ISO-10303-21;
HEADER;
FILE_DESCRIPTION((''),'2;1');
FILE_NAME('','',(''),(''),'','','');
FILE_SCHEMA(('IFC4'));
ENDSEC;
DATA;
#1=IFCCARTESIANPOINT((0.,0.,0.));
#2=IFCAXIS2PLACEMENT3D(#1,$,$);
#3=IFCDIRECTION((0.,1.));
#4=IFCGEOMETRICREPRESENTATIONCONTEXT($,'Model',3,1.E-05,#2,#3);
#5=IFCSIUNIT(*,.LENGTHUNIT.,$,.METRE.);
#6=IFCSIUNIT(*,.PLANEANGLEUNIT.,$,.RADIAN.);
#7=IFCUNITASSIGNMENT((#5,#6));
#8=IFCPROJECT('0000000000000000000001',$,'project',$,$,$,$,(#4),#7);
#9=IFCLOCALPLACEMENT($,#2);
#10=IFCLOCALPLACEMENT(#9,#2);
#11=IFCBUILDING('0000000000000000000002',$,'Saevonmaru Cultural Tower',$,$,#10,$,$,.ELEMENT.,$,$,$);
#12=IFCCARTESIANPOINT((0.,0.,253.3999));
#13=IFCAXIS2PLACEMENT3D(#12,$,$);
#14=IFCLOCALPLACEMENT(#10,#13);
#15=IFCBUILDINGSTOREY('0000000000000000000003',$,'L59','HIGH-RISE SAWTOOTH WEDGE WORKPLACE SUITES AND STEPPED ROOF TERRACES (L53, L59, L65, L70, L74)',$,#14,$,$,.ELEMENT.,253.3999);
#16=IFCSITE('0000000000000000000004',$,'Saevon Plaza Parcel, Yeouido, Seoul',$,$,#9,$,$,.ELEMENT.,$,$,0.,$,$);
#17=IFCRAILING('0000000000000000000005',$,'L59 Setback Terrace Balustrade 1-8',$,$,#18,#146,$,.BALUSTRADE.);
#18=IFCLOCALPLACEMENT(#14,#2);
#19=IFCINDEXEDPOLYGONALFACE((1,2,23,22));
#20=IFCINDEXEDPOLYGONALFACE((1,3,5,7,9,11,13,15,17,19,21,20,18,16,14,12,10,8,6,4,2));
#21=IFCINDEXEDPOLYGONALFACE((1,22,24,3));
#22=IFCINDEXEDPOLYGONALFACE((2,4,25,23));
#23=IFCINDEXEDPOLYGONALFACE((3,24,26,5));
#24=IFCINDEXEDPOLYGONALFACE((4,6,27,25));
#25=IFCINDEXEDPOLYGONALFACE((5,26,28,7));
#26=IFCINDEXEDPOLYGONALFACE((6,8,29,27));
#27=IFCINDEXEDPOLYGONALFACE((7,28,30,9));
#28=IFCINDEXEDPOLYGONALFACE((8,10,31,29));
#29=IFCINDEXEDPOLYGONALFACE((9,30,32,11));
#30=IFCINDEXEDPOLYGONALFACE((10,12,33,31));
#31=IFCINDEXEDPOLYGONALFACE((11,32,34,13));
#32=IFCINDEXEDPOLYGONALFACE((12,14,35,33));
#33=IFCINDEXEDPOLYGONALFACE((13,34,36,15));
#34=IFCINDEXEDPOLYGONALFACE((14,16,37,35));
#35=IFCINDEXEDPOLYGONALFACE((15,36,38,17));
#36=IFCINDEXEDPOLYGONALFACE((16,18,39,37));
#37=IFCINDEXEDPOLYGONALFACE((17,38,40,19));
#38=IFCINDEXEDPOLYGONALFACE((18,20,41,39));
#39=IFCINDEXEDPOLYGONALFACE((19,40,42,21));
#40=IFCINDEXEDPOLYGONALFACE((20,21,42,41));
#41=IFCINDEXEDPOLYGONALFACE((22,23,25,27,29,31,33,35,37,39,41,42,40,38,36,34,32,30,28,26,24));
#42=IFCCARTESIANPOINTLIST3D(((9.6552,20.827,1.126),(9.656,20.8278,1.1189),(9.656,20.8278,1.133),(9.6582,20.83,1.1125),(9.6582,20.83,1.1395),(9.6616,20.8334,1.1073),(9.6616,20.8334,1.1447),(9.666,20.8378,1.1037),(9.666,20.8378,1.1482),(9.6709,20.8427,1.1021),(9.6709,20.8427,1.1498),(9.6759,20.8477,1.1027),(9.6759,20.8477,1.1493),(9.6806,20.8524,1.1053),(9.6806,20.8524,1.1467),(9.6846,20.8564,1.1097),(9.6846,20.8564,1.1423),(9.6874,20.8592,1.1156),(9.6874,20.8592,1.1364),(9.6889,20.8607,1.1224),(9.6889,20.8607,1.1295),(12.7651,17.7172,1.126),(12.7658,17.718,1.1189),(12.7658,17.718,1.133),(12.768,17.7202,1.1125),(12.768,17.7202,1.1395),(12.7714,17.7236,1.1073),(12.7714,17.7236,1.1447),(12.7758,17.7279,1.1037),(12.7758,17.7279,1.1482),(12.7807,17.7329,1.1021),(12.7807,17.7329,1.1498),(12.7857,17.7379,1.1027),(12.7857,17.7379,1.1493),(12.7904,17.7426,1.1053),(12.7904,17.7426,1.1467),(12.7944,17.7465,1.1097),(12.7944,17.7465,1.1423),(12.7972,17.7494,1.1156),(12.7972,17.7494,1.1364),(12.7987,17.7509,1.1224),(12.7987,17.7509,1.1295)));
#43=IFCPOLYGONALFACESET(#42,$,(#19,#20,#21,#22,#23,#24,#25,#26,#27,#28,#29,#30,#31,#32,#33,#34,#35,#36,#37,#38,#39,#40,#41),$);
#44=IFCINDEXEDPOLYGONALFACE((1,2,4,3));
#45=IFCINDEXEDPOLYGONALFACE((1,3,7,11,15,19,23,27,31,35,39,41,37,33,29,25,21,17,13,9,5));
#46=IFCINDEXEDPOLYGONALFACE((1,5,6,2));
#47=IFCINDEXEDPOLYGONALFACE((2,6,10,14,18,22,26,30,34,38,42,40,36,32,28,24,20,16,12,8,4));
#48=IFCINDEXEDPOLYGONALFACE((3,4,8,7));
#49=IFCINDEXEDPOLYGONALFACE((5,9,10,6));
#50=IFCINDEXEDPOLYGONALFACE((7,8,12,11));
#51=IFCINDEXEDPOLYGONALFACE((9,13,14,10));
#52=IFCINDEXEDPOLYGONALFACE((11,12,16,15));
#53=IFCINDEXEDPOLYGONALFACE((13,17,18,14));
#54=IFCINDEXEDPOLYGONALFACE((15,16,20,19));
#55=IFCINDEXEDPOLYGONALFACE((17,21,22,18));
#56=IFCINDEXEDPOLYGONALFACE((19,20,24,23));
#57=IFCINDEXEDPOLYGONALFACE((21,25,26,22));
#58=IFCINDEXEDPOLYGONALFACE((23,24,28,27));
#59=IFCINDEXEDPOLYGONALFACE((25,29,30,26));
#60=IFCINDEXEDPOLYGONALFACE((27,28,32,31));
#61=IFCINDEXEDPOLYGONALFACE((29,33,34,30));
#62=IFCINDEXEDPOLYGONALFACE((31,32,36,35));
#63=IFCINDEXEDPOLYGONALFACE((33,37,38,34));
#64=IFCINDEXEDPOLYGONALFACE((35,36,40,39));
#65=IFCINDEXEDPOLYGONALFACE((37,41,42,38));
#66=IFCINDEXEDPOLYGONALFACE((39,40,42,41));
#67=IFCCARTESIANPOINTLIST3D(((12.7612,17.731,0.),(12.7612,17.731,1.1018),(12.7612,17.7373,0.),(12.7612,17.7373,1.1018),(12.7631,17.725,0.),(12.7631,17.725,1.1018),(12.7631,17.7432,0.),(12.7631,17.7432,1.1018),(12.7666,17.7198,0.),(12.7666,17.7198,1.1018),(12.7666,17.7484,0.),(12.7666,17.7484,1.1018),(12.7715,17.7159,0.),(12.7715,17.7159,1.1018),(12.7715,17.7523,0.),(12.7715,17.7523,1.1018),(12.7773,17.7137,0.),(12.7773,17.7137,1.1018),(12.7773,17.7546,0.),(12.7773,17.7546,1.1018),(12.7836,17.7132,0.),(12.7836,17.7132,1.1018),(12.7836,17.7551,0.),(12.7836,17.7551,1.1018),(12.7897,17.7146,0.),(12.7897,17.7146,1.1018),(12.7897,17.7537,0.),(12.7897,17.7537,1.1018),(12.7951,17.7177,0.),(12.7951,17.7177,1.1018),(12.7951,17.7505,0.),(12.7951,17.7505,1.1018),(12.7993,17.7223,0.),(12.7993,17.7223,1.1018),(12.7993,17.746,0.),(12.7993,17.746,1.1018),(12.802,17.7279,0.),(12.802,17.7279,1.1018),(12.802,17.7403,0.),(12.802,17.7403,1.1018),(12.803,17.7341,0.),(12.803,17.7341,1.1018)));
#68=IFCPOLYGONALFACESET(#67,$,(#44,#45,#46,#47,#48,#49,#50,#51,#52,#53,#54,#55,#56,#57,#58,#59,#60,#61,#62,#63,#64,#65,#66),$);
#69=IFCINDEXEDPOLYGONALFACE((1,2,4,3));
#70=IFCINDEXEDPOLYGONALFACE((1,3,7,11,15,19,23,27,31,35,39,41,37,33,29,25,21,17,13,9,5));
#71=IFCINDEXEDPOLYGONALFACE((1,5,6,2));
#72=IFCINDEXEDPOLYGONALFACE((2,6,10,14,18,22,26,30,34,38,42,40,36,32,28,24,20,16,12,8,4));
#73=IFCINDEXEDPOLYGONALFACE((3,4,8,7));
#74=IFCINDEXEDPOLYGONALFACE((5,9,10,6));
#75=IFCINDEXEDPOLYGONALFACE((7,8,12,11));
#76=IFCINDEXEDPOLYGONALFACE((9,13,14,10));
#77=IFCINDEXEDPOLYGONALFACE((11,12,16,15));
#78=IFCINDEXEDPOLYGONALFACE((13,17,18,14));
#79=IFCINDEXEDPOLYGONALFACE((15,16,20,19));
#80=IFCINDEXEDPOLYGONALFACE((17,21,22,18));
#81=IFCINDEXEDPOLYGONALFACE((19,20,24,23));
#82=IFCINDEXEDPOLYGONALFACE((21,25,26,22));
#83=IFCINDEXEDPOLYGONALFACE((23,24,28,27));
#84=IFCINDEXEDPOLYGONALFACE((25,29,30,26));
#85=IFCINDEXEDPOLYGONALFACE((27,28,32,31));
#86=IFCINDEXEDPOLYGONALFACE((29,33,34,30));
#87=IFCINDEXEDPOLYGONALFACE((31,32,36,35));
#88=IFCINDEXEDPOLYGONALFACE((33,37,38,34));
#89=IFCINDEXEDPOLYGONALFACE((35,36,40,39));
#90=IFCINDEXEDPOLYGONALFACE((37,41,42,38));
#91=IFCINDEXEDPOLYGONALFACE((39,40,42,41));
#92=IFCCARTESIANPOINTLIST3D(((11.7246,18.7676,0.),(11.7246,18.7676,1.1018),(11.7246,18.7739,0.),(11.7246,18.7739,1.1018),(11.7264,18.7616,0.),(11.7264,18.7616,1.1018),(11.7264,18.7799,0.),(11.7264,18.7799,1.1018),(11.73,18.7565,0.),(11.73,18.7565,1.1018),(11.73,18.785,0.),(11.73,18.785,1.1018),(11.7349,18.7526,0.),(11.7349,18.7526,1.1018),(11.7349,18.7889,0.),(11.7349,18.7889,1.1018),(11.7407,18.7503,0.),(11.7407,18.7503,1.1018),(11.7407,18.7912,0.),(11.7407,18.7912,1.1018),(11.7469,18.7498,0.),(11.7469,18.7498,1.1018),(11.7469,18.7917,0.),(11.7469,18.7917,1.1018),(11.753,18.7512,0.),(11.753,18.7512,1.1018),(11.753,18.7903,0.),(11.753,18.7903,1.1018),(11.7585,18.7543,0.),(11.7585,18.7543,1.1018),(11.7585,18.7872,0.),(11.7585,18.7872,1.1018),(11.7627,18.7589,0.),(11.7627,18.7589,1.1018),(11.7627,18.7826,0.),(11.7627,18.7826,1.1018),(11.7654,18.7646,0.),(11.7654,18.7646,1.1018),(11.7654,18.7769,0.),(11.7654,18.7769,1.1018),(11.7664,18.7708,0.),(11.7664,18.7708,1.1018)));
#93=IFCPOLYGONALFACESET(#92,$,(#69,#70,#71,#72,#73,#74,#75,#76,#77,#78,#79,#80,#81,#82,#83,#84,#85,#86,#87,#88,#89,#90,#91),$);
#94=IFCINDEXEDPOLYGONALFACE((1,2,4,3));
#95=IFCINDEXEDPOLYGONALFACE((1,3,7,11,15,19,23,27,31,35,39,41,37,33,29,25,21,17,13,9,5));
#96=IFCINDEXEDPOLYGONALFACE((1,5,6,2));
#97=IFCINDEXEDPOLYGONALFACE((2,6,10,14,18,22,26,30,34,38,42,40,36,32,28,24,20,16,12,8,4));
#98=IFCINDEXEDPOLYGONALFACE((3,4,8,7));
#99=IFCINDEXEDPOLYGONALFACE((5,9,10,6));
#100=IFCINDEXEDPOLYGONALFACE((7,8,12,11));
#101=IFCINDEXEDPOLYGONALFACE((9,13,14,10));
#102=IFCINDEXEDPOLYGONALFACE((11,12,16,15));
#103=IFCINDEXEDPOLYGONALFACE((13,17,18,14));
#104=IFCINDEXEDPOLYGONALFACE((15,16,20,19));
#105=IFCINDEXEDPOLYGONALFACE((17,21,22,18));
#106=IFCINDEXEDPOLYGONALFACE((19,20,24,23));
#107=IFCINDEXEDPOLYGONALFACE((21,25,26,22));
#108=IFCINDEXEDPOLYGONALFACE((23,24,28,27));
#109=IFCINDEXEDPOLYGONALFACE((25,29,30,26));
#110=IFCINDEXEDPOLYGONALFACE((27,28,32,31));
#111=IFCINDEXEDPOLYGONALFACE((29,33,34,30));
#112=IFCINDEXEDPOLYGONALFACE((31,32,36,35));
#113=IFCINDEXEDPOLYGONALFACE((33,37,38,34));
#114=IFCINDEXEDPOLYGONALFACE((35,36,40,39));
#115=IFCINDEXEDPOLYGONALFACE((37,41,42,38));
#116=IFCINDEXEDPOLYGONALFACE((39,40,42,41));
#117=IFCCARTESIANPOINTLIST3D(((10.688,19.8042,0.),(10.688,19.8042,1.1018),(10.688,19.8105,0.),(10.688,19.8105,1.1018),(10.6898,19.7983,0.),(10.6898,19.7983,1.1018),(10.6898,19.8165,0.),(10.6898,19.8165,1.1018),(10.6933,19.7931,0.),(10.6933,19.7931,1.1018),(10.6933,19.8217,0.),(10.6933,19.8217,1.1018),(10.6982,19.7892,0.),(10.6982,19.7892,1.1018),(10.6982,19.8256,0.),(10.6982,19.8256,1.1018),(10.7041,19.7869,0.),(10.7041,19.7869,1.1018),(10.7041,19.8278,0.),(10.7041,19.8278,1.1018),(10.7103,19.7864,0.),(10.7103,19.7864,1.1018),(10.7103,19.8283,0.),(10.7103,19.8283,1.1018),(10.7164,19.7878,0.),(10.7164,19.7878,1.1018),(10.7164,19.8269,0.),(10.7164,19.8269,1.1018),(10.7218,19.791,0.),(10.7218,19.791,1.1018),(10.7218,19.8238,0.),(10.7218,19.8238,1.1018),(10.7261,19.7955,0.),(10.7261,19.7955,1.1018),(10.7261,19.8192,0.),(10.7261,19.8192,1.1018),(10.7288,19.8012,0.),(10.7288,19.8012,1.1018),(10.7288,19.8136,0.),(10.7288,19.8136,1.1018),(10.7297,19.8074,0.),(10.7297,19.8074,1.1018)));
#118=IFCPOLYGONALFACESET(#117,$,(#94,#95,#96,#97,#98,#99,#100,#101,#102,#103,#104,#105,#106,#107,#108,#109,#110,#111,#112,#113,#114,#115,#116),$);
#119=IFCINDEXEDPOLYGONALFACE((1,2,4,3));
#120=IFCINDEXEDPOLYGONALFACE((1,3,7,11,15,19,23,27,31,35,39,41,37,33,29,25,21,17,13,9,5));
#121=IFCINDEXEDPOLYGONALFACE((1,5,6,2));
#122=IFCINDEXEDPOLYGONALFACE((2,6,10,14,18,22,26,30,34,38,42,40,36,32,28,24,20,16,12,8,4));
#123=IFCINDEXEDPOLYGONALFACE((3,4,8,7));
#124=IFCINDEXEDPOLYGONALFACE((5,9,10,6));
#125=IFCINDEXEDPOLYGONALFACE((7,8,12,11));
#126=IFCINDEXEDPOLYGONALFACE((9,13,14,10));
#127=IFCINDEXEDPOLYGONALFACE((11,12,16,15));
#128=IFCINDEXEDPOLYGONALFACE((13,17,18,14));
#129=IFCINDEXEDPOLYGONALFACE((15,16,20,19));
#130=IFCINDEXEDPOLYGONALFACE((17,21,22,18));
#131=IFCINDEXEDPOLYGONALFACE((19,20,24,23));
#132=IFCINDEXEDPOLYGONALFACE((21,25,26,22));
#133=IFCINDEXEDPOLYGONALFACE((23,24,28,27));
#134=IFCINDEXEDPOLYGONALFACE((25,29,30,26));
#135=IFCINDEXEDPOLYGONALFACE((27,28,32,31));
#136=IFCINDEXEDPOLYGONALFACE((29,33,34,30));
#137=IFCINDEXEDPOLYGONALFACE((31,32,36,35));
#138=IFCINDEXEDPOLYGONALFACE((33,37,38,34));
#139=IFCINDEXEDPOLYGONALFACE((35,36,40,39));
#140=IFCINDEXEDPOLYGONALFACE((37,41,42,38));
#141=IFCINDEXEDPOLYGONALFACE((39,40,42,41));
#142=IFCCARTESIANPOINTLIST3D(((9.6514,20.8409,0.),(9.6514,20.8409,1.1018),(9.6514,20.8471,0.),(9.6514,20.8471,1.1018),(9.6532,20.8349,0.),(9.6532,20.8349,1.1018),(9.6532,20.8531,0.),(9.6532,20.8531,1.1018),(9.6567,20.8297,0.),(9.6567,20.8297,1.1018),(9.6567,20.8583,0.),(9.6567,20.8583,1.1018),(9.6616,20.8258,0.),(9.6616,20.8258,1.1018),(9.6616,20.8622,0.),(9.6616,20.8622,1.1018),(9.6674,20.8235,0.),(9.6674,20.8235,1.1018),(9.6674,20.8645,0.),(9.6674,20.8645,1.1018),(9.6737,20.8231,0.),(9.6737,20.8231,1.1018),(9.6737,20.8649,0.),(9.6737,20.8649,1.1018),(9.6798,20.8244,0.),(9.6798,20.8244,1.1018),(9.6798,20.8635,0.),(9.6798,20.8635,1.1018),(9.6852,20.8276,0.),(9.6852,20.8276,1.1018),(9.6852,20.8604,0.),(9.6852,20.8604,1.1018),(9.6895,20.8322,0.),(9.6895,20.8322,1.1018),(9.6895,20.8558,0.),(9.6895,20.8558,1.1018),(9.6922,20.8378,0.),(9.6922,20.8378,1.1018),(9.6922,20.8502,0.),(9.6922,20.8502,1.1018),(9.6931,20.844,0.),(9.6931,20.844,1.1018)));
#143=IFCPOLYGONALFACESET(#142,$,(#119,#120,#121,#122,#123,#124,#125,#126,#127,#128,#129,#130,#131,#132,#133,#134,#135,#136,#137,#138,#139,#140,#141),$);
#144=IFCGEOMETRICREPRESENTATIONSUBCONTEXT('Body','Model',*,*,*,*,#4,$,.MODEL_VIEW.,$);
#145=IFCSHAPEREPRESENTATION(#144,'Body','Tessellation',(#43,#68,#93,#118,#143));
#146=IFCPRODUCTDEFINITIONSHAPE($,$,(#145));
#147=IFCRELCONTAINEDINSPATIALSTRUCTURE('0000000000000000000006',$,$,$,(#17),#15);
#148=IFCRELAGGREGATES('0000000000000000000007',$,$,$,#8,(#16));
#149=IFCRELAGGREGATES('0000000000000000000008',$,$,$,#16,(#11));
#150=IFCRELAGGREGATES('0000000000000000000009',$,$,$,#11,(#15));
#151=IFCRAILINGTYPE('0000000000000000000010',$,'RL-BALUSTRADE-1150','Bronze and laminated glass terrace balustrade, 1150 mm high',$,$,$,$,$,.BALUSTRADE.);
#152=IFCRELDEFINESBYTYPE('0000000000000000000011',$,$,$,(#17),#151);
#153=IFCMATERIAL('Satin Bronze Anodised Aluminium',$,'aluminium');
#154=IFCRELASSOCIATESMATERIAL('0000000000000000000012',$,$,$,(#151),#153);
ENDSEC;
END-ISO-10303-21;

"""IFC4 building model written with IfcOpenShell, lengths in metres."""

from ifc_helpers import new_model, si_unit, direction, frame, origin, origin_2d, place, context, subcontext, project, spatial, circle, extrude, material, type_object, element, save


model = new_model("IFC4")

# Units and contexts
model_context = context("Model", 3, precision=1e-05, world=origin(), true_north=direction((0.0, 1.0)))
body_context = subcontext(model_context, "Body", "Model", "MODEL_VIEW")
ifc_project = project(units=[si_unit("LENGTHUNIT", "METRE"), si_unit("PLANEANGLEUNIT", "RADIAN")], contexts=[model_context])

# Site, building, storey
site_placement = place(None, origin())
site = spatial("IfcSite", under=ifc_project, at=site_placement, Name="Saevon Plaza Parcel, Yeouido, Seoul", CompositionType="ELEMENT", RefElevation=0.0)
building_placement = place(site_placement, origin())
building = spatial("IfcBuilding", under=site, at=building_placement, Name="Saevonmaru Cultural Tower", CompositionType="ELEMENT")
storey_placement = place(building_placement, frame((0.0, 0.0, 253.3999)))
storey = spatial("IfcBuildingStorey", under=building, at=storey_placement, Name="L59", Description="HIGH-RISE SAWTOOTH WEDGE WORKPLACE SUITES AND STEPPED ROOF TERRACES (L53, L59, L65, L70, L74)", CompositionType="ELEMENT", Elevation=253.3999)

# Shared definitions
ifc_material_1 = material(Name="Satin Bronze Anodised Aluminium", Category="aluminium")

# Railing
railing_type = type_object("IfcRailingType", Name="RL-BALUSTRADE-1150", Description="Bronze and laminated glass terrace balustrade, 1150 mm high", PredefinedType="BALUSTRADE", material=ifc_material_1)
railing_1_placement = place(storey_placement, frame((12.782, 17.7341, 0.0)))
element("IfcRailing", 1, at=railing_1_placement, inside=storey, type_object=railing_type, Name="L59 Setback Terrace Balustrade 1-8", PredefinedType="BALUSTRADE", context=body_context, shape_type="SweptSolid", body=[
    extrude(circle(Radius=0.0239, at=origin_2d()), frame((0.0, 0.0, 1.126), z_axis=(-0.707107, 0.707107, 0.0), x_axis=(-0.707107, -0.707107, 0.0)), (0.0, 0.0, 1.0), 4.3979),
    extrude(circle(Radius=0.021, at=origin_2d()), origin(), (0.0, 0.0, 1.0), 1.1018),
    extrude(circle(Radius=0.021, at=origin_2d()), frame((-1.0366, 1.0366, 0.0)), (0.0, 0.0, 1.0), 1.1018),
    extrude(circle(Radius=0.021, at=origin_2d()), frame((-2.0732, 2.0732, 0.0)), (0.0, 0.0, 1.0), 1.1018),
    extrude(circle(Radius=0.021, at=origin_2d()), frame((-3.1099, 3.1099, 0.0)), (0.0, 0.0, 1.0), 1.1018),
])

save(model, "model.ifc")
